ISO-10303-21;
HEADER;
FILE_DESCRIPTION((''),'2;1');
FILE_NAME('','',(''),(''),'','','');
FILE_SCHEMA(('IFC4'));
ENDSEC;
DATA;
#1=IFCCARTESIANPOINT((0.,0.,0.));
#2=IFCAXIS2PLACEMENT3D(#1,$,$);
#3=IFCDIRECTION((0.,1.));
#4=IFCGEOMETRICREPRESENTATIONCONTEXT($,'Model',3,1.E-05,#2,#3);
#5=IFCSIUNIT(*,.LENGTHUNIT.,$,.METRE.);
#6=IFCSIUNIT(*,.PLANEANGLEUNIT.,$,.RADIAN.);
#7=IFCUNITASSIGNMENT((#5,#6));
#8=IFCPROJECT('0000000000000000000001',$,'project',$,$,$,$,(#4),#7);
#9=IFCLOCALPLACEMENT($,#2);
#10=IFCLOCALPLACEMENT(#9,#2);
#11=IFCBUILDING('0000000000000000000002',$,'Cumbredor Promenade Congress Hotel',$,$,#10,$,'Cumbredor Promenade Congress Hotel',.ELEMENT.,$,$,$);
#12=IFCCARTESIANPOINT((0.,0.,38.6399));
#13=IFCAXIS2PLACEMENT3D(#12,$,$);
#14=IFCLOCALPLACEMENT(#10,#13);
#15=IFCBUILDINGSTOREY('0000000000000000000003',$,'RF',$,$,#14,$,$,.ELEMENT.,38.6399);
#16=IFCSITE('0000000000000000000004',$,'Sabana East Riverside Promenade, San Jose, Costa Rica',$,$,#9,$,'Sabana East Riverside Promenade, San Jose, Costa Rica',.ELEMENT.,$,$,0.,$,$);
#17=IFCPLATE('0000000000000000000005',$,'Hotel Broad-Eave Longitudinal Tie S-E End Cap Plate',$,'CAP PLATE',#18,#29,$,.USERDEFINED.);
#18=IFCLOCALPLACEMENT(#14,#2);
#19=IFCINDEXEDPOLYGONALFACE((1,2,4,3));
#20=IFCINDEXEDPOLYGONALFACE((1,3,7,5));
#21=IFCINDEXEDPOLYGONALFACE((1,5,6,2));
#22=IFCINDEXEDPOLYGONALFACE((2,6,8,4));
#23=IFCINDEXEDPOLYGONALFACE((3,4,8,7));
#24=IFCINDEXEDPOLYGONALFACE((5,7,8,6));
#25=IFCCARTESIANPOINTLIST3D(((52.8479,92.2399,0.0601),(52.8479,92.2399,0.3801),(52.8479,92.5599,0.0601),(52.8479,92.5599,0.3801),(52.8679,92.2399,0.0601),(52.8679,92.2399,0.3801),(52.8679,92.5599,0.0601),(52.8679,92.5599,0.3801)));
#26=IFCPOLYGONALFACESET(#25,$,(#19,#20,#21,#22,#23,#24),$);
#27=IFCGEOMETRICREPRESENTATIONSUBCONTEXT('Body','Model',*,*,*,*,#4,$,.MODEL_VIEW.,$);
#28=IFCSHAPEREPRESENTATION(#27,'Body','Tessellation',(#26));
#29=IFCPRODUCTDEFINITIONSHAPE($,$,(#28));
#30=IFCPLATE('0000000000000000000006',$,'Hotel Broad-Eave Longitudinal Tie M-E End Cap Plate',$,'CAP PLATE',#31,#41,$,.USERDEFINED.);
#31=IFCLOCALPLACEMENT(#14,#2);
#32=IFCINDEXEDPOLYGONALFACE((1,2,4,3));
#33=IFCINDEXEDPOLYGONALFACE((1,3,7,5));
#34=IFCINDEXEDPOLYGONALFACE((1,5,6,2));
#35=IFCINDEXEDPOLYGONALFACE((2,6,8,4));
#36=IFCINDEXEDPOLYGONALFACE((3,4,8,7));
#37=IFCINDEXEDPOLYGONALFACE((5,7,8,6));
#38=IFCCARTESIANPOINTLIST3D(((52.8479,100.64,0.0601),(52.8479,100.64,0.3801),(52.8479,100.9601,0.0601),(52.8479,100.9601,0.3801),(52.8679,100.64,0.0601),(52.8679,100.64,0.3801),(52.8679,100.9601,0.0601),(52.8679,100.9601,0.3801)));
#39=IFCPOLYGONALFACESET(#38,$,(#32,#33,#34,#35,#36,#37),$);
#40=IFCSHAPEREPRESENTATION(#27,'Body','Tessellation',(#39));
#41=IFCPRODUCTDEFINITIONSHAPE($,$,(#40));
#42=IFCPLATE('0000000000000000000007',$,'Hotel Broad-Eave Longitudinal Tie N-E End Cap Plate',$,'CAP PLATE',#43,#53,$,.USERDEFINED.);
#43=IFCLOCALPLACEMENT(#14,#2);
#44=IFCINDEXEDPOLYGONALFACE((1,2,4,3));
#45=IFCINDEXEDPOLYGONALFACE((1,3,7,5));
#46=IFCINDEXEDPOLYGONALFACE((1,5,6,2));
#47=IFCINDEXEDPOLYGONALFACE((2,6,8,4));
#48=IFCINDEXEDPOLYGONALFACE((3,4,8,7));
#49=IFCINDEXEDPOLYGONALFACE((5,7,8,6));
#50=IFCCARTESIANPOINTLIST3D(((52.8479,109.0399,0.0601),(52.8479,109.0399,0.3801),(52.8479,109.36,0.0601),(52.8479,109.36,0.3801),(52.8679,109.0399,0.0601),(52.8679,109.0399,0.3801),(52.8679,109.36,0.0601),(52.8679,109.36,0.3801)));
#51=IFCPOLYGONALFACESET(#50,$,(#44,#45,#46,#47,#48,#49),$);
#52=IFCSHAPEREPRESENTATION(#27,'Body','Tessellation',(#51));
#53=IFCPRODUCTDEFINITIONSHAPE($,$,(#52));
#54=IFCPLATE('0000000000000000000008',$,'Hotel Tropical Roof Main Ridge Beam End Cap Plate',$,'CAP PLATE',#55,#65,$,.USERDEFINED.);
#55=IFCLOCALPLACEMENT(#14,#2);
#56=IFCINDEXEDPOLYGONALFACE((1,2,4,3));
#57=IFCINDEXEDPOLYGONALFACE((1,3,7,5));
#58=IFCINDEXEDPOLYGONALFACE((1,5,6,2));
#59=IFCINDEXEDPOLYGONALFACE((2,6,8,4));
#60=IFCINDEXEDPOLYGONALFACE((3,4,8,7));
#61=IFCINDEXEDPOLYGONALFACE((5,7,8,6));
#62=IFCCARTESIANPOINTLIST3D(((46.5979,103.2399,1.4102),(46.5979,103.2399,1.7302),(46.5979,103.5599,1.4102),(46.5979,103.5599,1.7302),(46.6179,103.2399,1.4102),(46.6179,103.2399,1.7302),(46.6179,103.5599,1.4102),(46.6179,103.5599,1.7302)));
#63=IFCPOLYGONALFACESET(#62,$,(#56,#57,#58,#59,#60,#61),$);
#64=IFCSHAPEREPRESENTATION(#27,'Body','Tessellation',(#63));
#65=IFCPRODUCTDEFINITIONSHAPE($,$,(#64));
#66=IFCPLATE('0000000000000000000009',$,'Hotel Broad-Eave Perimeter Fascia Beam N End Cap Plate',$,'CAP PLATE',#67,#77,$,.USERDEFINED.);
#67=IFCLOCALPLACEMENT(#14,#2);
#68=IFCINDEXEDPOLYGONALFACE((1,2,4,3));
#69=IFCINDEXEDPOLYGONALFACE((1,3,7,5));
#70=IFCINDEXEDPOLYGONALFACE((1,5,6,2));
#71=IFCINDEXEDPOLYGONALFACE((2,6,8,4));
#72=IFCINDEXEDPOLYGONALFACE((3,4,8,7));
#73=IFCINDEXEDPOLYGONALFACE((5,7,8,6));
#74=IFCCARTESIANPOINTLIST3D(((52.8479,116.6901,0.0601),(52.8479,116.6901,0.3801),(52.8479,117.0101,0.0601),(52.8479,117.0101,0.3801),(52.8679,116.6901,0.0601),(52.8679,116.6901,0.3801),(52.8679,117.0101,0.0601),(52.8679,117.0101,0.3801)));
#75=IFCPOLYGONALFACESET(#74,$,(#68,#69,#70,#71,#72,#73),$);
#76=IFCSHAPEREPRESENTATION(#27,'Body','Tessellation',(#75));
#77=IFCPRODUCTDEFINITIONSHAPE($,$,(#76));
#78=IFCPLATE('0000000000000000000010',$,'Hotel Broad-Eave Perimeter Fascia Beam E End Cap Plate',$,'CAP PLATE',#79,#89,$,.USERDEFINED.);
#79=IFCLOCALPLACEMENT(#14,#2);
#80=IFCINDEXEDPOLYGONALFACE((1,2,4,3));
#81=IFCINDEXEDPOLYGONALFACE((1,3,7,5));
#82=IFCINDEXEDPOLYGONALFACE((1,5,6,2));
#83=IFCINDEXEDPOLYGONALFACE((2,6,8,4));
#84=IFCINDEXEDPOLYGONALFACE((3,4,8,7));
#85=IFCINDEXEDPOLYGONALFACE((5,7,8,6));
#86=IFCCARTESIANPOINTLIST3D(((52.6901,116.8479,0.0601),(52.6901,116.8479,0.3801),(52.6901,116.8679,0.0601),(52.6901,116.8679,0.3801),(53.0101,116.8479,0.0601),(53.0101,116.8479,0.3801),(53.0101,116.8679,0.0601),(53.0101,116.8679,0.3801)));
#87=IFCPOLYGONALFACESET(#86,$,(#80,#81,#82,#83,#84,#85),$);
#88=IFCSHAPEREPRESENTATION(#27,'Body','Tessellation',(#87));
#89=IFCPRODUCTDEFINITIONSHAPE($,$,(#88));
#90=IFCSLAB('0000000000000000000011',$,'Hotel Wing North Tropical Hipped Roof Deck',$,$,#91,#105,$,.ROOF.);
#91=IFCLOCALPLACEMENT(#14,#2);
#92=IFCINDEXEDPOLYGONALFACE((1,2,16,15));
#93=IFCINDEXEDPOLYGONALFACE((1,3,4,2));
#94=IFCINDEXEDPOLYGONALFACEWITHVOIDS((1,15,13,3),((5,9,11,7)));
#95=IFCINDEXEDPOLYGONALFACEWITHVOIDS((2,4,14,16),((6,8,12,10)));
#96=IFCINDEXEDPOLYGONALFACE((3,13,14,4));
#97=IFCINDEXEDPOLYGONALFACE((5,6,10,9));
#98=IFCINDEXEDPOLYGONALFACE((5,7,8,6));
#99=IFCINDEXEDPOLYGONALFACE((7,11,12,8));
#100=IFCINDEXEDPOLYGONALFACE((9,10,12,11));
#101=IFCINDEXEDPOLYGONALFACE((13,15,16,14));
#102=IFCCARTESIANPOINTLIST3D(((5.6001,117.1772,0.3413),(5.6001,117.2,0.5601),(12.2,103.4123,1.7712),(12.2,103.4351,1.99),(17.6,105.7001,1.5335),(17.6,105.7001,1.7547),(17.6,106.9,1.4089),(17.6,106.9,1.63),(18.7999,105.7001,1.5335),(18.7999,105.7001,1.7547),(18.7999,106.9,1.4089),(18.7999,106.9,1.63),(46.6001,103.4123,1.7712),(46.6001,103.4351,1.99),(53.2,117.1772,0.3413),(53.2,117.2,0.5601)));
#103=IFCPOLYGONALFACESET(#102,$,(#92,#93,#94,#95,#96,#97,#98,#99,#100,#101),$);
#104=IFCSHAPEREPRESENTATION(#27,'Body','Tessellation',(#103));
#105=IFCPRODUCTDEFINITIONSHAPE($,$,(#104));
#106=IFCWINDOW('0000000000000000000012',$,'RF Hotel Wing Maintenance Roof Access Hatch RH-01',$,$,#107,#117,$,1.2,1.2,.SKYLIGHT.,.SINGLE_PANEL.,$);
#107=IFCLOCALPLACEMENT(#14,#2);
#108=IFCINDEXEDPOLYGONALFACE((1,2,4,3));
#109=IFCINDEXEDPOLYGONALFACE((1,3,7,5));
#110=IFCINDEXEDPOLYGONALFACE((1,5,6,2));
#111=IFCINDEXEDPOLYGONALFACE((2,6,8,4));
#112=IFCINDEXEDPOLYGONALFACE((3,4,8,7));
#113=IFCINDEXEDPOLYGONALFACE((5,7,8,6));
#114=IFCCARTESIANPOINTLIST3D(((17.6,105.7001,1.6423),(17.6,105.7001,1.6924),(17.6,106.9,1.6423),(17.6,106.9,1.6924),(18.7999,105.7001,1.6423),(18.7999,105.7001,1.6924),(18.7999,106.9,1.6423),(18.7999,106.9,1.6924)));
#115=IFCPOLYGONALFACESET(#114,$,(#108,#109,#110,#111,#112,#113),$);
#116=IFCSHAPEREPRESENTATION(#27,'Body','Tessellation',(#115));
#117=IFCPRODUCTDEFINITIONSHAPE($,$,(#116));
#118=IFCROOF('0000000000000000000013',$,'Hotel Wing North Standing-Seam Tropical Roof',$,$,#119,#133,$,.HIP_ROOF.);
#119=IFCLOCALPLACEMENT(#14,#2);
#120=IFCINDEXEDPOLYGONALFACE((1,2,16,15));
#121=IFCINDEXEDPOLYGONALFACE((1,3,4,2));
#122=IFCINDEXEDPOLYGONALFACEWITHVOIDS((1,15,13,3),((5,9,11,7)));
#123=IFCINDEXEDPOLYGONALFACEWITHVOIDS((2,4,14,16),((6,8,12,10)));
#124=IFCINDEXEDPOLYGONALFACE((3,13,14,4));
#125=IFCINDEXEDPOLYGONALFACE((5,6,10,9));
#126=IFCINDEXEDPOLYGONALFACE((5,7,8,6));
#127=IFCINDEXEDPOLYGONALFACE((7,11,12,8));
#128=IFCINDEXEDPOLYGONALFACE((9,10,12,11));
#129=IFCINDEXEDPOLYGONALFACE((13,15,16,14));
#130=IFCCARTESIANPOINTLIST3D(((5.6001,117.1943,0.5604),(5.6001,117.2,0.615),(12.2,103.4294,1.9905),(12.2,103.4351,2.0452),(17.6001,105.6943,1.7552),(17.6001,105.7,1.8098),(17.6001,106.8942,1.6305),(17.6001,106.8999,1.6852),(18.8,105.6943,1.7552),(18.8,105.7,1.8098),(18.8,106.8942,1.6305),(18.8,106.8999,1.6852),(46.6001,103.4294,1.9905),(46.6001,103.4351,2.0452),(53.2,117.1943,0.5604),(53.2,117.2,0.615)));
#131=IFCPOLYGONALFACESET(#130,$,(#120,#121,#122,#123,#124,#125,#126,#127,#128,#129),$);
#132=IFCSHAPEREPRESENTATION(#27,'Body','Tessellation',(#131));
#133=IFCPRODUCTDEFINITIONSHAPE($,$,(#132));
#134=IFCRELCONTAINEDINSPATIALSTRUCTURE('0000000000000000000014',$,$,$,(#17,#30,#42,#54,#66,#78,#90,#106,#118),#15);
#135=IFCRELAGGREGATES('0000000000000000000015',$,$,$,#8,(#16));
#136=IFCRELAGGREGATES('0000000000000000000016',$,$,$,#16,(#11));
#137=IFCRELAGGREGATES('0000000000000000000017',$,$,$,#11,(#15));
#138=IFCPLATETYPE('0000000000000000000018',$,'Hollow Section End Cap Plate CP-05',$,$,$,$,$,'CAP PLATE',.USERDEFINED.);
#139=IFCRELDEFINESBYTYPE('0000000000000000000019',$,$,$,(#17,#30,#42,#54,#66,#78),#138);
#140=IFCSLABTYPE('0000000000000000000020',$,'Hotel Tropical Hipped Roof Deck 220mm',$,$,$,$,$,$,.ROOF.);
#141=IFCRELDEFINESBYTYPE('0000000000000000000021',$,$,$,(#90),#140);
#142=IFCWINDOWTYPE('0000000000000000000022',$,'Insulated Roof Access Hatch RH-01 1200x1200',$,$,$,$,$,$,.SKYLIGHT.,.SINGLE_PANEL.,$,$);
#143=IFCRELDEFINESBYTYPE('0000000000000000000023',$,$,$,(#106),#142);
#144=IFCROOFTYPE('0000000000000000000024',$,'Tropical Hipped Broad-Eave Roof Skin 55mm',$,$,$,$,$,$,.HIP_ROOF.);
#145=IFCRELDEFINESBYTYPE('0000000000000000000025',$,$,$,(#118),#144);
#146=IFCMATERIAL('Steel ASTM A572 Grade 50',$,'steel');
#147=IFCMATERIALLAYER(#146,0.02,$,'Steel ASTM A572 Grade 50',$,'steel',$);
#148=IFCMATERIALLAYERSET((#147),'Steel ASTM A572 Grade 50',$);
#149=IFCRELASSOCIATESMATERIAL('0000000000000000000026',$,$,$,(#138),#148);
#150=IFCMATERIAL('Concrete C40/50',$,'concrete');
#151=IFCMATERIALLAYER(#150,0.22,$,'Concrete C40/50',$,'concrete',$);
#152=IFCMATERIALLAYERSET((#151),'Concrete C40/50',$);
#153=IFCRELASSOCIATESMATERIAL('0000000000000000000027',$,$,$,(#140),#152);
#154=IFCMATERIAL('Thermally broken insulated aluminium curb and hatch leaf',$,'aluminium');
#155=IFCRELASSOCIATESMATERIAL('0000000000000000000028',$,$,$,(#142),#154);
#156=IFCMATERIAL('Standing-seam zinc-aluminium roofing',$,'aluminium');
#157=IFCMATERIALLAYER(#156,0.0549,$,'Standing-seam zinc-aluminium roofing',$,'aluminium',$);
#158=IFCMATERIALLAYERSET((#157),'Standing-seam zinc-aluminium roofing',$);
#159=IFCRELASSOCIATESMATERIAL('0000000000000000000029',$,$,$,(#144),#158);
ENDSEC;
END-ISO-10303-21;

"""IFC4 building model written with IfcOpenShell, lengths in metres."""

from ifc_helpers import new_model, si_unit, direction, frame, origin, origin_2d, place, context, subcontext, project, spatial, polyline, rectangle, outline, extrude, material, layer, layer_set, type_object, element, fill, save


model = new_model("IFC4")

# Units and contexts
model_context = context("Model", 3, precision=1e-05, world=origin(), true_north=direction((0.0, 1.0)))
body_context = subcontext(model_context, "Body", "Model", "MODEL_VIEW")
ifc_project = project(units=[si_unit("LENGTHUNIT", "METRE"), si_unit("PLANEANGLEUNIT", "RADIAN")], contexts=[model_context])

# Site, building, storey
site_placement = place(None, origin())
site = spatial("IfcSite", under=ifc_project, at=site_placement, Name="Sabana East Riverside Promenade, San Jose, Costa Rica", LongName="Sabana East Riverside Promenade, San Jose, Costa Rica", CompositionType="ELEMENT", RefElevation=0.0)
building_placement = place(site_placement, origin())
building = spatial("IfcBuilding", under=site, at=building_placement, Name="Cumbredor Promenade Congress Hotel", LongName="Cumbredor Promenade Congress Hotel", CompositionType="ELEMENT")
storey_placement = place(building_placement, frame((0.0, 0.0, 38.6399)))
storey = spatial("IfcBuildingStorey", under=building, at=storey_placement, Name="RF", CompositionType="ELEMENT", Elevation=38.6399)

# Plates
ifc_material_1 = material(Name="Steel ASTM A572 Grade 50", Category="steel")
ifc_layer_1 = layer(ifc_material_1, 0.02, Name="Steel ASTM A572 Grade 50", Category="steel")
ifc_layer_set_1 = layer_set([ifc_layer_1], Name="Steel ASTM A572 Grade 50")
plate_type_1 = type_object("IfcPlateType", Name="Hollow Section End Cap Plate CP-05", ElementType="CAP PLATE", PredefinedType="USERDEFINED", material=ifc_layer_set_1)
for number, where, z_axis, x_axis, name in (
    (1, (52.8579, 92.3999, 0.0601), (0.0, 0.0, 1.0), (1.0, 0.0, 0.0), "Hotel Broad-Eave Longitudinal Tie S-E End Cap Plate"),
    (2, (52.8579, 100.8, 0.0601), (0.0, 0.0, 1.0), (1.0, 0.0, 0.0), "Hotel Broad-Eave Longitudinal Tie M-E End Cap Plate"),
    (3, (52.8579, 109.2, 0.0601), (0.0, 0.0, 1.0), (1.0, 0.0, 0.0), "Hotel Broad-Eave Longitudinal Tie N-E End Cap Plate"),
    (4, (46.6079, 103.3999, 1.4102), (0.0, 0.0, 1.0), (1.0, 0.0, 0.0), "Hotel Tropical Roof Main Ridge Beam End Cap Plate"),
    (5, (52.8579, 116.8501, 0.0601), (0.0, 0.0, 1.0), (1.0, 0.0, 0.0), "Hotel Broad-Eave Perimeter Fascia Beam N End Cap Plate"),
    (6, (52.8501, 116.8579, 0.0601), (0.0, 0.0, 1.0), (0.0, 1.0, 0.0), "Hotel Broad-Eave Perimeter Fascia Beam E End Cap Plate"),
):
    element("IfcPlate", number, at=place(storey_placement, frame(where, z_axis=z_axis, x_axis=x_axis)), inside=storey, type_object=plate_type_1, Name=name, ObjectType="CAP PLATE", PredefinedType="USERDEFINED", context=body_context, shape_type="SweptSolid", body=[
        extrude(rectangle(XDim=0.02, YDim=0.3201, at=origin_2d()), origin(), (0.0, 0.0, 1.0), 0.3201),
    ])

# Slab, opening, window
ifc_material_2 = material(Name="Concrete C40/50", Category="concrete")
ifc_layer_2 = layer(ifc_material_2, 0.22, Name="Concrete C40/50", Category="concrete")
ifc_layer_set_2 = layer_set([ifc_layer_2], Name="Concrete C40/50")
slab_type = type_object("IfcSlabType", Name="Hotel Tropical Hipped Roof Deck 220mm", PredefinedType="ROOF", material=ifc_layer_set_2)
slab_placement = place(storey_placement, frame((53.2, 117.2, 0.5601), z_axis=(0.0, 0.103326, 0.994647), x_axis=(-1.0, 0.0, 0.0)))
slab = element("IfcSlab", 7, at=slab_placement, inside=storey, type_object=slab_type, Name="Hotel Wing North Tropical Hipped Roof Deck", PredefinedType="ROOF", context=body_context, shape_type="SweptSolid", body=[
    extrude(outline(polyline([(0.0, 0.0), (47.5999, 0.0), (41.0, 13.839), (6.5999, 13.839), (0.0, 0.0)])), origin(), (0.0, 0.0, -1.0), 0.22),
])
opening_placement = place(storey_placement, frame((18.2, 106.3, 1.2712)))
opening = element("IfcOpeningElement", 8, at=opening_placement, cuts=slab, PredefinedType="OPENING", context=body_context, shape_type="SweptSolid", body=[
    extrude(rectangle(XDim=1.2, YDim=1.2, at=origin_2d()), origin(), (0.0, 0.0, 1.0), 0.5212),
])
ifc_material_3 = material(Name="Thermally broken insulated aluminium curb and hatch leaf", Category="aluminium")
window_type = type_object("IfcWindowType", Name="Insulated Roof Access Hatch RH-01 1200x1200", PartitioningType="SINGLE_PANEL", PredefinedType="SKYLIGHT", material=ifc_material_3)
window_placement = place(opening_placement, frame((0.0, 0.0, 0.3711)))
window = element("IfcWindow", 9, at=window_placement, inside=storey, type_object=window_type, Name="RF Hotel Wing Maintenance Roof Access Hatch RH-01", OverallHeight=1.2, OverallWidth=1.2, PartitioningType="SINGLE_PANEL", PredefinedType="SKYLIGHT", context=body_context, shape_type="SweptSolid", body=[
    extrude(rectangle(XDim=1.2, YDim=1.2, at=origin_2d()), origin(), (0.0, 0.0, 1.0), 0.05),
])
fill(opening, window)

# Roof
ifc_material_4 = material(Name="Standing-seam zinc-aluminium roofing", Category="aluminium")
ifc_layer_3 = layer(ifc_material_4, 0.0549, Name="Standing-seam zinc-aluminium roofing", Category="aluminium")
ifc_layer_set_3 = layer_set([ifc_layer_3], Name="Standing-seam zinc-aluminium roofing")
roof_type = type_object("IfcRoofType", Name="Tropical Hipped Broad-Eave Roof Skin 55mm", PredefinedType="HIP_ROOF", material=ifc_layer_set_3)
roof_placement = place(storey_placement, frame((53.2, 117.2, 0.615), z_axis=(0.0, 0.103344, 0.994646), x_axis=(-1.0, 0.0, 0.0)))
element("IfcRoof", 10, at=roof_placement, inside=storey, type_object=roof_type, Name="Hotel Wing North Standing-Seam Tropical Roof", PredefinedType="HIP_ROOF", context=body_context, shape_type="SweptSolid", body=[
    extrude(outline(polyline([(0.0, 0.0), (47.5999, 0.0), (41.0, 13.839), (6.5999, 13.839), (0.0, 0.0)]), holes=[polyline([(35.5999, 11.5619), (34.3999, 11.5619), (34.3999, 10.3555), (35.5999, 10.3555), (35.5999, 11.5619)])]), origin(), (0.0, 0.0, -1.0), 0.0549),
])

save(model, "model.ifc")
